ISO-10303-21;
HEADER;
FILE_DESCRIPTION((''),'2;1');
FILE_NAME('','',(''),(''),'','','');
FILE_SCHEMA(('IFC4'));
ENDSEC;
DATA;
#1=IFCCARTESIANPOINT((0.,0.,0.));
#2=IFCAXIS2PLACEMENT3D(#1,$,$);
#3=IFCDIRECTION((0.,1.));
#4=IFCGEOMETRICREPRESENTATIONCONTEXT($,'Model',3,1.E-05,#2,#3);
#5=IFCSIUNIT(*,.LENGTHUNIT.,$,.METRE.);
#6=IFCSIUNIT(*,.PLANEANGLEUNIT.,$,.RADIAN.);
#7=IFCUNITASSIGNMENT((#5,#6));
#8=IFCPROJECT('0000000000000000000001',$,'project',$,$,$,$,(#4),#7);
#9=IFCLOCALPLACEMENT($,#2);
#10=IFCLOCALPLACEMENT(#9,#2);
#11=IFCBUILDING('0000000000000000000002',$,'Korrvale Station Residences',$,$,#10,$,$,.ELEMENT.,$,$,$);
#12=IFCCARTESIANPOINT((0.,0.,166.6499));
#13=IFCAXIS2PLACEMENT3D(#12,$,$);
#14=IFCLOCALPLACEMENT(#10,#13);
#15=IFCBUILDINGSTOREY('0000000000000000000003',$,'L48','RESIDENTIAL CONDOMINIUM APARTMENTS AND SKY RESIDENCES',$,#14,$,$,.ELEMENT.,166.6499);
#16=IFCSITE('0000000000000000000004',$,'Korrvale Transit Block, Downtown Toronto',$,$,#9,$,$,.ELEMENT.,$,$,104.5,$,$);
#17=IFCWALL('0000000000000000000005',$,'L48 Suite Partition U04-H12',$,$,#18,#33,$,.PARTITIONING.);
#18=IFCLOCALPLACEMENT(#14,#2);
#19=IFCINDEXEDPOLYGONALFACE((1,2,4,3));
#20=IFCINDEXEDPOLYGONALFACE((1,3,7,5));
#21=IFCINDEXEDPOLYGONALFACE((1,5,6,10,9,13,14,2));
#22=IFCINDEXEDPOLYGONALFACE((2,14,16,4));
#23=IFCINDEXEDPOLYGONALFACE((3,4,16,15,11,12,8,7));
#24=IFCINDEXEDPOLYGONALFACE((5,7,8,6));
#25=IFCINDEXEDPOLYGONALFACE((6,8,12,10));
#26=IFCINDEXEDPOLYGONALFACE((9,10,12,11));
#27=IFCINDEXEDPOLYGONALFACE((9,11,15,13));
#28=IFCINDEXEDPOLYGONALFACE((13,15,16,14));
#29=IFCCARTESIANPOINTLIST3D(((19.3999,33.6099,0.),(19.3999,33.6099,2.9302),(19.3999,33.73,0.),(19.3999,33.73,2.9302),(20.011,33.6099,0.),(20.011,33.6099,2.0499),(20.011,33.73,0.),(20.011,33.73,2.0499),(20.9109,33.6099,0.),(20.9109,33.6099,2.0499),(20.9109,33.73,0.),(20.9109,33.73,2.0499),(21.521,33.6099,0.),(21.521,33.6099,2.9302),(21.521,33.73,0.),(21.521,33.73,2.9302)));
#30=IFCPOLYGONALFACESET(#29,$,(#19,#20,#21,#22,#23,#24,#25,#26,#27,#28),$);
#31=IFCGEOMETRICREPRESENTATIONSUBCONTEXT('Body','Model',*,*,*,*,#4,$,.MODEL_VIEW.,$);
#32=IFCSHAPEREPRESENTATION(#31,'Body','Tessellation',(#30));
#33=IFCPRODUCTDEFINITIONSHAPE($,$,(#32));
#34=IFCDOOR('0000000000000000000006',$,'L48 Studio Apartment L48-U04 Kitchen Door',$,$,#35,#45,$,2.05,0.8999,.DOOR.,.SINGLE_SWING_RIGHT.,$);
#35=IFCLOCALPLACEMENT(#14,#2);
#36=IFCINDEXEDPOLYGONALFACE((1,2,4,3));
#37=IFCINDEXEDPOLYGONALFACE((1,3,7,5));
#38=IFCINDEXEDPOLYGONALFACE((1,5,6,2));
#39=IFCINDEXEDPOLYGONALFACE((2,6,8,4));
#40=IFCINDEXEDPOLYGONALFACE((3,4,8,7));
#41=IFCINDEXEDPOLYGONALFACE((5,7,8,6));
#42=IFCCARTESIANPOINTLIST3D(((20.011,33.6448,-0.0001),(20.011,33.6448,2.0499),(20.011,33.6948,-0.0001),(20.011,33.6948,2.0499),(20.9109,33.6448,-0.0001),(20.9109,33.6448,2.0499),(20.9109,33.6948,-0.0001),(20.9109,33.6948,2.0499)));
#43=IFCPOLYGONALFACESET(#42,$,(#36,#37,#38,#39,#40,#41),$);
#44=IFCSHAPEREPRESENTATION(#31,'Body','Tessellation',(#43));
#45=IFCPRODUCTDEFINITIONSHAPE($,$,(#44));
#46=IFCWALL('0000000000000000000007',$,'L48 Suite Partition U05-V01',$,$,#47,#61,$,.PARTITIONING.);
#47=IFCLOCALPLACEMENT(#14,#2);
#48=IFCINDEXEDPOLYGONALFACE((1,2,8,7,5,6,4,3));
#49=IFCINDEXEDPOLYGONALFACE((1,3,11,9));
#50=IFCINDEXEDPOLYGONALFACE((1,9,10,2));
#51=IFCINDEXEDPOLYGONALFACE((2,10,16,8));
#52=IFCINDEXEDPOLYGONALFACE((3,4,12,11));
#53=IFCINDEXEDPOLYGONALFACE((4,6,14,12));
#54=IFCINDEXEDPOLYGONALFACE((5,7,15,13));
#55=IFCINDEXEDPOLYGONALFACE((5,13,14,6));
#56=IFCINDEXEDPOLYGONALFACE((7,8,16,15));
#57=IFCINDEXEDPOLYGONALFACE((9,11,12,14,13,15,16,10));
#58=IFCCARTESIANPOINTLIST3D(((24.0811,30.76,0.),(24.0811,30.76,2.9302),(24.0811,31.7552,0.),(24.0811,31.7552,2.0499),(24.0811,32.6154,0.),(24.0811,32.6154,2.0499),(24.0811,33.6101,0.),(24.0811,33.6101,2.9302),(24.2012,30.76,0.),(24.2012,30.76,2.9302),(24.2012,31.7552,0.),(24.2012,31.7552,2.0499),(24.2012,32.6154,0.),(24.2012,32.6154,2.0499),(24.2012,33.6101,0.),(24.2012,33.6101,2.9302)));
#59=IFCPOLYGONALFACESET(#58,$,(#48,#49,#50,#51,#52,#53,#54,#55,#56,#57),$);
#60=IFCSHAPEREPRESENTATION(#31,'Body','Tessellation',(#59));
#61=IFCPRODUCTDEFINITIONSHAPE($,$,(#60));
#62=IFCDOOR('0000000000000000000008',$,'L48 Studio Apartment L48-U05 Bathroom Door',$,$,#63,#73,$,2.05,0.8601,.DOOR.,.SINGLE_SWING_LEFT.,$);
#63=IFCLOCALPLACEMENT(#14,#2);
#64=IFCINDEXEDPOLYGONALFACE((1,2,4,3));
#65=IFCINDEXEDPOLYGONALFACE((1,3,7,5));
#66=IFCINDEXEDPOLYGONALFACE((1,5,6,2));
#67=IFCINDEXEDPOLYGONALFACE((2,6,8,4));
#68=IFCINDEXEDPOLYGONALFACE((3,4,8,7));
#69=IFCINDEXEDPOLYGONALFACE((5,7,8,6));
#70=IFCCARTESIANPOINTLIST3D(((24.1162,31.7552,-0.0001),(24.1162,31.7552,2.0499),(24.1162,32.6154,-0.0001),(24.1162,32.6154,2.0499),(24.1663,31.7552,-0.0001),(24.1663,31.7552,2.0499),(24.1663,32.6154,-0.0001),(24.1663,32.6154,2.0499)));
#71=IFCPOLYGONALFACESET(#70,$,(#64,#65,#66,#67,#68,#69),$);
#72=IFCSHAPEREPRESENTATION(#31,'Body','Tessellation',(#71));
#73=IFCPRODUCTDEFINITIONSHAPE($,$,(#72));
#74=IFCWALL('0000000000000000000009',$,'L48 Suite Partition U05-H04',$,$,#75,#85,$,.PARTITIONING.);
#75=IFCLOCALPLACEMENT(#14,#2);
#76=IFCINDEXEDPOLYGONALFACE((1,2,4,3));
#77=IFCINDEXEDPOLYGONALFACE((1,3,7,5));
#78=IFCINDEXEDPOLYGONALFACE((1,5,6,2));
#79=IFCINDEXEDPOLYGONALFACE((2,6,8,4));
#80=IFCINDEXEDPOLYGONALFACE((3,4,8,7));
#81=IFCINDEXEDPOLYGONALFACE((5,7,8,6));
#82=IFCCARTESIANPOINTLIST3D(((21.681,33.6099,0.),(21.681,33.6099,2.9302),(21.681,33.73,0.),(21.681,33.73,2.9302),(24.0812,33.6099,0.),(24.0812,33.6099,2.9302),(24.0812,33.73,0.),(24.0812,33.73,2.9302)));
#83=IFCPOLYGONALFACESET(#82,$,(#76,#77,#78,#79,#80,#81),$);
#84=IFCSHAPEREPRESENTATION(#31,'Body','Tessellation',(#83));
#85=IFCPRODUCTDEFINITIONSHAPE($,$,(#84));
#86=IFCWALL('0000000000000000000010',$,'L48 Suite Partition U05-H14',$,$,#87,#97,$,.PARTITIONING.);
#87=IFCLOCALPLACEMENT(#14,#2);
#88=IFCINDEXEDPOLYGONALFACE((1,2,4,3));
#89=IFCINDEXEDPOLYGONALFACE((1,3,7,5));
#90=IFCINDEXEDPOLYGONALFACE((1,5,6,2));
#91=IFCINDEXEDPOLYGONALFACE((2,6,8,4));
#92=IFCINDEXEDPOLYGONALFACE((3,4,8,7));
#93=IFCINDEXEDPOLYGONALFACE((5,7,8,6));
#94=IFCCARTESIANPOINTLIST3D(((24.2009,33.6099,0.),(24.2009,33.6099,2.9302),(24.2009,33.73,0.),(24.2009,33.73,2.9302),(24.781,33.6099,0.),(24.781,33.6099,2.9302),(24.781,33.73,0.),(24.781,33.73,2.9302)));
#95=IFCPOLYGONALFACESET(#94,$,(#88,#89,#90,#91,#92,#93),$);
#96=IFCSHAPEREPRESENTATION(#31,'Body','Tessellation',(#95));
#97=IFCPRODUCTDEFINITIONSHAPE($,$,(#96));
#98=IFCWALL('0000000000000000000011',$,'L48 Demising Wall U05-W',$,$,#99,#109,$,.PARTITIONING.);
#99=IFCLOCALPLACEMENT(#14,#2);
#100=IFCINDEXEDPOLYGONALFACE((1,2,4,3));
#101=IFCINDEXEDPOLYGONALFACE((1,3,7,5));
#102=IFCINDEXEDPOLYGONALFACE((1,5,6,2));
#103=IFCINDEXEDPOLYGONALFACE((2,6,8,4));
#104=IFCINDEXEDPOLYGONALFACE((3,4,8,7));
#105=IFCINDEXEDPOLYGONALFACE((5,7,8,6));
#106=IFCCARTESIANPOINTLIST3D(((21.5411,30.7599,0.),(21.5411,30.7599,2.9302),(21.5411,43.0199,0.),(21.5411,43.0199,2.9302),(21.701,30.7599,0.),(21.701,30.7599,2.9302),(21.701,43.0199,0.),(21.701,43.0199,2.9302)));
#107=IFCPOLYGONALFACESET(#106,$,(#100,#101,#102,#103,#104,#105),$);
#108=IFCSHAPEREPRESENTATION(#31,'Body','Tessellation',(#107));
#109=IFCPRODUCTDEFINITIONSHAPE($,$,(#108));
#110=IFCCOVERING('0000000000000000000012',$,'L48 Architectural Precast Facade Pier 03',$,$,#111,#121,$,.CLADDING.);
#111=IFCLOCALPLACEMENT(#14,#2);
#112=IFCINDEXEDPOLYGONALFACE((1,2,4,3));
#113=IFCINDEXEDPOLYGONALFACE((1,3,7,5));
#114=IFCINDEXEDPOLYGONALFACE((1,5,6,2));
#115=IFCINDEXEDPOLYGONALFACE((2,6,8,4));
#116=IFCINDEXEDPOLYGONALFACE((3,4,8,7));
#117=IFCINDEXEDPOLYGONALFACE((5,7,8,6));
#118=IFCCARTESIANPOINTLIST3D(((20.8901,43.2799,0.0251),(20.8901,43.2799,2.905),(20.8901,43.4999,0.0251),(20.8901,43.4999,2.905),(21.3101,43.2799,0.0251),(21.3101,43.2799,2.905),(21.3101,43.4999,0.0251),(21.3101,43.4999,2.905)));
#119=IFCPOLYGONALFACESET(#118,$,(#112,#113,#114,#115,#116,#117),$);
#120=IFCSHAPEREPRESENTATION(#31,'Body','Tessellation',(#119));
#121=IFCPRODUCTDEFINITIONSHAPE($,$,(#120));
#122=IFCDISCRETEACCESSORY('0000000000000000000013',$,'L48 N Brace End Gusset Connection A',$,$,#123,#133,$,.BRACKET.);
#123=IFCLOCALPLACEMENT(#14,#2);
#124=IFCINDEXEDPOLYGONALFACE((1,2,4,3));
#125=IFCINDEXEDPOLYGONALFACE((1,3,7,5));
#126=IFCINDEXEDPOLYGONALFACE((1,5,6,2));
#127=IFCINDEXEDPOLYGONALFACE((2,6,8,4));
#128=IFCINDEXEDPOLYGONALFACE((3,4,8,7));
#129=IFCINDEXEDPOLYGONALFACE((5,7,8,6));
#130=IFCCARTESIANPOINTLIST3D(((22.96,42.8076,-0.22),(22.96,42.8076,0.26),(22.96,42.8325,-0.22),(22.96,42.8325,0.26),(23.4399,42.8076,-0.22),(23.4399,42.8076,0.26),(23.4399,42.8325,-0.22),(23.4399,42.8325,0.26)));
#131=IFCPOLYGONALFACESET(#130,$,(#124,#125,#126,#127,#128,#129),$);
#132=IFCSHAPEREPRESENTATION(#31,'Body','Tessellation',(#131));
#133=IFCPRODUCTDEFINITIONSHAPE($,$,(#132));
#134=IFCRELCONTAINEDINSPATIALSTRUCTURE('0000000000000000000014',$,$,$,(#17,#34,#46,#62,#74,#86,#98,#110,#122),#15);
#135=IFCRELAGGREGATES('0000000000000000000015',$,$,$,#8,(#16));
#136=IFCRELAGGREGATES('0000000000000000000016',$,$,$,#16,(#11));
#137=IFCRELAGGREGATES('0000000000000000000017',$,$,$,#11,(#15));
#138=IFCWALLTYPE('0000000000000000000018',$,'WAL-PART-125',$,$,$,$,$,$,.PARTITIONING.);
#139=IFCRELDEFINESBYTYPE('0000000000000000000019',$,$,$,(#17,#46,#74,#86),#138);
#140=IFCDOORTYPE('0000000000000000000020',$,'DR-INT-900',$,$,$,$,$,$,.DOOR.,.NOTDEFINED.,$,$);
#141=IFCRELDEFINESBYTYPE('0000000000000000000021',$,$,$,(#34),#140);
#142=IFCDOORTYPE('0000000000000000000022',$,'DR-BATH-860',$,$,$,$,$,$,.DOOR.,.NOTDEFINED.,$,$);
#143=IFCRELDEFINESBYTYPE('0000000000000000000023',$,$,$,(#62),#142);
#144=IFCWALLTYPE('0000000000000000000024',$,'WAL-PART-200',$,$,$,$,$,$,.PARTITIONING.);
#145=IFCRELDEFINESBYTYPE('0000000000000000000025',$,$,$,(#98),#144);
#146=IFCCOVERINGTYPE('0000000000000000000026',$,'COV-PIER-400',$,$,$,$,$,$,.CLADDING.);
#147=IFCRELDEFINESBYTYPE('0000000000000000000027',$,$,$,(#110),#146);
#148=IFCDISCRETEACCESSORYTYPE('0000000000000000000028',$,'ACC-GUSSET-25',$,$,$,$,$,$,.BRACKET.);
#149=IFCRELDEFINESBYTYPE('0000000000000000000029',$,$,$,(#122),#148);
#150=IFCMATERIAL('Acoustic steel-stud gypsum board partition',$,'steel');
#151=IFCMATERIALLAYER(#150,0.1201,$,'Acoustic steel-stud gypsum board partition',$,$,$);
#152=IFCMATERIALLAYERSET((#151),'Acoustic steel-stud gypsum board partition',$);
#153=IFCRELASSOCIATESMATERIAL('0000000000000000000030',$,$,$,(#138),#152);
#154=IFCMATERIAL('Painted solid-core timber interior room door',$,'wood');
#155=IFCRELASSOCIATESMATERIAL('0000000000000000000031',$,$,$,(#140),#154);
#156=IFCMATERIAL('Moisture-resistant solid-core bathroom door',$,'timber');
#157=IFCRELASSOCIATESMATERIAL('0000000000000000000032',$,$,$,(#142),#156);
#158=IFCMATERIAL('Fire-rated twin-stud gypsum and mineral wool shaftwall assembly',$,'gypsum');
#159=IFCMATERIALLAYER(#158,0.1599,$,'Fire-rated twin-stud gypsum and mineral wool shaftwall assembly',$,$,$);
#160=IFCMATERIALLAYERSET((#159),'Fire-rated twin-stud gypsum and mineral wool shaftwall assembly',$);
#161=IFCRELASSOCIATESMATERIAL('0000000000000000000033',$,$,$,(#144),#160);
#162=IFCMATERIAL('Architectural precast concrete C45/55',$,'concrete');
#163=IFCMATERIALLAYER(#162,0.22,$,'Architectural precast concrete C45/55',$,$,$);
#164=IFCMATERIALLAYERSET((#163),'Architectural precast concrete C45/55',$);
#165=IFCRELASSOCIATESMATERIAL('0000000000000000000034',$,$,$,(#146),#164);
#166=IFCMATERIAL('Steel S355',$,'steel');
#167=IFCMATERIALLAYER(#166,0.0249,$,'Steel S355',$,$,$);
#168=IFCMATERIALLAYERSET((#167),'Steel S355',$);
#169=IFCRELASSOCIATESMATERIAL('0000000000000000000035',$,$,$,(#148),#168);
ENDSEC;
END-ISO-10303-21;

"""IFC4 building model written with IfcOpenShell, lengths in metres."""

from ifc_helpers import new_model, si_unit, direction, frame, frame_2d, origin, origin_2d, place, context, subcontext, project, spatial, rectangle, extrude, material, layer, layer_set, type_object, element, fill, save


model = new_model("IFC4")

# Units and contexts
model_context = context("Model", 3, precision=1e-05, world=origin(), true_north=direction((0.0, 1.0)))
body_context = subcontext(model_context, "Body", "Model", "MODEL_VIEW")
ifc_project = project(units=[si_unit("LENGTHUNIT", "METRE"), si_unit("PLANEANGLEUNIT", "RADIAN")], contexts=[model_context])

# Site, building, storey
site_placement = place(None, origin())
site = spatial("IfcSite", under=ifc_project, at=site_placement, Name="Korrvale Transit Block, Downtown Toronto", CompositionType="ELEMENT", RefElevation=104.5)
building_placement = place(site_placement, origin())
building = spatial("IfcBuilding", under=site, at=building_placement, Name="Korrvale Station Residences", CompositionType="ELEMENT")
storey_placement = place(building_placement, frame((0.0, 0.0, 166.6499)))
storey = spatial("IfcBuildingStorey", under=building, at=storey_placement, Name="L48", Description="RESIDENTIAL CONDOMINIUM APARTMENTS AND SKY RESIDENCES", CompositionType="ELEMENT", Elevation=166.6499)

# Shared definitions
ifc_material_1 = material(Name="Steel S355", Category="steel")

# Shared definitions
ifc_material_2 = material(Name="Acoustic steel-stud gypsum board partition", Category="steel")
ifc_layer_1 = layer(ifc_material_2, 0.1201, Name="Acoustic steel-stud gypsum board partition")
ifc_layer_set_1 = layer_set([ifc_layer_1], Name="Acoustic steel-stud gypsum board partition")
wall_type_1 = type_object("IfcWallType", Name="WAL-PART-125", PredefinedType="PARTITIONING", material=ifc_layer_set_1)
ifc_material_3 = material(Name="Painted solid-core timber interior room door", Category="wood")
door_type_1 = type_object("IfcDoorType", Name="DR-INT-900", OperationType="NOTDEFINED", PredefinedType="DOOR", material=ifc_material_3)
ifc_material_4 = material(Name="Moisture-resistant solid-core bathroom door", Category="timber")
door_type_2 = type_object("IfcDoorType", Name="DR-BATH-860", OperationType="NOTDEFINED", PredefinedType="DOOR", material=ifc_material_4)

# Walls, openings, doors
wall_1_placement = place(storey_placement, frame((19.3999, 33.6699, 0.0), z_axis=(0.0, 0.0, 1.0), x_axis=(1.0, 0.0, 0.0)))
wall_1 = element("IfcWall", 1, at=wall_1_placement, inside=storey, type_object=wall_type_1, Name="L48 Suite Partition U04-H12", PredefinedType="PARTITIONING", context=body_context, shape_type="SweptSolid", body=[
    extrude(rectangle(XDim=2.1211, YDim=0.1201, at=frame_2d((1.0605, 0.0))), origin(), (0.0, 0.0, 1.0), 2.9302),
])
opening_1_placement = place(wall_1_placement, frame((0.6111, 0.0, 0.0)))
opening_1 = element("IfcOpeningElement", 2, at=opening_1_placement, cuts=wall_1, PredefinedType="OPENING", context=body_context, shape_type="SweptSolid", body=[
    extrude(rectangle(XDim=0.8999, YDim=2.05, at=frame_2d((0.45, 1.0249))), frame((0.0, 0.0701, 0.0), z_axis=(0.0, -1.0, 0.0), x_axis=(1.0, 0.0, 0.0)), (0.0, 0.0, 1.0), 0.1401),
])
door_1_placement = place(opening_1_placement, origin())
door_1 = element("IfcDoor", 3, at=door_1_placement, inside=storey, type_object=door_type_1, Name="L48 Studio Apartment L48-U04 Kitchen Door", OperationType="SINGLE_SWING_RIGHT", OverallHeight=2.05, OverallWidth=0.8999, PredefinedType="DOOR", context=body_context, shape_type="SweptSolid", body=[
    extrude(rectangle(XDim=0.8999, YDim=2.05, at=frame_2d((0.45, 1.0249))), frame((0.0, 0.0249, 0.0), z_axis=(0.0, -1.0, 0.0), x_axis=(1.0, 0.0, 0.0)), (0.0, 0.0, 1.0), 0.05),
])
fill(opening_1, door_1)
wall_2_placement = place(storey_placement, frame((24.1411, 30.76, 0.0), z_axis=(0.0, 0.0, 1.0), x_axis=(0.0, 1.0, 0.0)))
wall_2 = element("IfcWall", 4, at=wall_2_placement, inside=storey, type_object=wall_type_1, Name="L48 Suite Partition U05-V01", PredefinedType="PARTITIONING", context=body_context, shape_type="SweptSolid", body=[
    extrude(rectangle(XDim=2.8501, YDim=0.1201, at=frame_2d((1.425, 0.0))), origin(), (0.0, 0.0, 1.0), 2.9302),
])
opening_2_placement = place(wall_2_placement, frame((0.9951, 0.0, 0.0)))
opening_2 = element("IfcOpeningElement", 5, at=opening_2_placement, cuts=wall_2, PredefinedType="OPENING", context=body_context, shape_type="SweptSolid", body=[
    extrude(rectangle(XDim=0.8601, YDim=2.05, at=frame_2d((0.4302, 1.0249))), frame((0.0, 0.0701, 0.0), z_axis=(0.0, -1.0, 0.0), x_axis=(1.0, 0.0, 0.0)), (0.0, 0.0, 1.0), 0.1401),
])
door_2_placement = place(opening_2_placement, origin())
door_2 = element("IfcDoor", 6, at=door_2_placement, inside=storey, type_object=door_type_2, Name="L48 Studio Apartment L48-U05 Bathroom Door", OperationType="SINGLE_SWING_LEFT", OverallHeight=2.05, OverallWidth=0.8601, PredefinedType="DOOR", context=body_context, shape_type="SweptSolid", body=[
    extrude(rectangle(XDim=0.8601, YDim=2.05, at=frame_2d((0.4302, 1.0249))), frame((0.0, 0.0249, 0.0), z_axis=(0.0, -1.0, 0.0), x_axis=(1.0, 0.0, 0.0)), (0.0, 0.0, 1.0), 0.05),
])
fill(opening_2, door_2)

# Walls
wall_3_placement = place(storey_placement, frame((21.6809, 33.6699, 0.0), z_axis=(0.0, 0.0, 1.0), x_axis=(1.0, 0.0, 0.0)))
element("IfcWall", 7, at=wall_3_placement, inside=storey, type_object=wall_type_1, Name="L48 Suite Partition U05-H04", PredefinedType="PARTITIONING", context=body_context, shape_type="SweptSolid", body=[
    extrude(rectangle(XDim=2.4001, YDim=0.1201, at=frame_2d((1.2002, 0.0))), origin(), (0.0, 0.0, 1.0), 2.9302),
])
wall_4_placement = place(storey_placement, frame((24.2009, 33.6699, 0.0), z_axis=(0.0, 0.0, 1.0), x_axis=(1.0, 0.0, 0.0)))
element("IfcWall", 8, at=wall_4_placement, inside=storey, type_object=wall_type_1, Name="L48 Suite Partition U05-H14", PredefinedType="PARTITIONING", context=body_context, shape_type="SweptSolid", body=[
    extrude(rectangle(XDim=0.5801, YDim=0.1201, at=frame_2d((0.29, 0.0))), origin(), (0.0, 0.0, 1.0), 2.9302),
])
ifc_material_5 = material(Name="Fire-rated twin-stud gypsum and mineral wool shaftwall assembly", Category="gypsum")
ifc_layer_2 = layer(ifc_material_5, 0.1599, Name="Fire-rated twin-stud gypsum and mineral wool shaftwall assembly")
ifc_layer_set_2 = layer_set([ifc_layer_2], Name="Fire-rated twin-stud gypsum and mineral wool shaftwall assembly")
wall_type_2 = type_object("IfcWallType", Name="WAL-PART-200", PredefinedType="PARTITIONING", material=ifc_layer_set_2)
wall_5_placement = place(storey_placement, frame((21.6211, 30.76, 0.0), z_axis=(0.0, 0.0, 1.0), x_axis=(0.0, 1.0, 0.0)))
element("IfcWall", 9, at=wall_5_placement, inside=storey, type_object=wall_type_2, Name="L48 Demising Wall U05-W", PredefinedType="PARTITIONING", context=body_context, shape_type="SweptSolid", body=[
    extrude(rectangle(XDim=12.26, YDim=0.1599, at=frame_2d((6.1299, 0.0))), origin(), (0.0, 0.0, 1.0), 2.9302),
])

# Covering
ifc_material_6 = material(Name="Architectural precast concrete C45/55", Category="concrete")
ifc_layer_3 = layer(ifc_material_6, 0.22, Name="Architectural precast concrete C45/55")
ifc_layer_set_3 = layer_set([ifc_layer_3], Name="Architectural precast concrete C45/55")
covering_type = type_object("IfcCoveringType", Name="COV-PIER-400", PredefinedType="CLADDING", material=ifc_layer_set_3)
covering_placement = place(storey_placement, frame((21.1001, 43.3899, 0.0251), z_axis=(0.0, 0.0, 1.0), x_axis=(1.0, 0.0, 0.0)))
element("IfcCovering", 10, at=covering_placement, inside=storey, type_object=covering_type, Name="L48 Architectural Precast Facade Pier 03", PredefinedType="CLADDING", context=body_context, shape_type="SweptSolid", body=[
    extrude(rectangle(XDim=0.4199, YDim=0.22, at=origin_2d()), origin(), (0.0, 0.0, 1.0), 2.8799),
])

# Discrete accessory
ifc_layer_4 = layer(ifc_material_1, 0.0249, Name="Steel S355")
ifc_layer_set_4 = layer_set([ifc_layer_4], Name="Steel S355")
discrete_accessory_type = type_object("IfcDiscreteAccessoryType", Name="ACC-GUSSET-25", PredefinedType="BRACKET", material=ifc_layer_set_4)
discrete_accessory_placement = place(storey_placement, frame((23.2, 42.8201, -0.22), z_axis=(0.0, 0.0, 1.0), x_axis=(1.0, 0.0, 0.0)))
element("IfcDiscreteAccessory", 11, at=discrete_accessory_placement, inside=storey, type_object=discrete_accessory_type, Name="L48 N Brace End Gusset Connection A", PredefinedType="BRACKET", context=body_context, shape_type="SweptSolid", body=[
    extrude(rectangle(XDim=0.48, YDim=0.0249, at=origin_2d()), origin(), (0.0, 0.0, 1.0), 0.48),
])

save(model, "model.ifc")
